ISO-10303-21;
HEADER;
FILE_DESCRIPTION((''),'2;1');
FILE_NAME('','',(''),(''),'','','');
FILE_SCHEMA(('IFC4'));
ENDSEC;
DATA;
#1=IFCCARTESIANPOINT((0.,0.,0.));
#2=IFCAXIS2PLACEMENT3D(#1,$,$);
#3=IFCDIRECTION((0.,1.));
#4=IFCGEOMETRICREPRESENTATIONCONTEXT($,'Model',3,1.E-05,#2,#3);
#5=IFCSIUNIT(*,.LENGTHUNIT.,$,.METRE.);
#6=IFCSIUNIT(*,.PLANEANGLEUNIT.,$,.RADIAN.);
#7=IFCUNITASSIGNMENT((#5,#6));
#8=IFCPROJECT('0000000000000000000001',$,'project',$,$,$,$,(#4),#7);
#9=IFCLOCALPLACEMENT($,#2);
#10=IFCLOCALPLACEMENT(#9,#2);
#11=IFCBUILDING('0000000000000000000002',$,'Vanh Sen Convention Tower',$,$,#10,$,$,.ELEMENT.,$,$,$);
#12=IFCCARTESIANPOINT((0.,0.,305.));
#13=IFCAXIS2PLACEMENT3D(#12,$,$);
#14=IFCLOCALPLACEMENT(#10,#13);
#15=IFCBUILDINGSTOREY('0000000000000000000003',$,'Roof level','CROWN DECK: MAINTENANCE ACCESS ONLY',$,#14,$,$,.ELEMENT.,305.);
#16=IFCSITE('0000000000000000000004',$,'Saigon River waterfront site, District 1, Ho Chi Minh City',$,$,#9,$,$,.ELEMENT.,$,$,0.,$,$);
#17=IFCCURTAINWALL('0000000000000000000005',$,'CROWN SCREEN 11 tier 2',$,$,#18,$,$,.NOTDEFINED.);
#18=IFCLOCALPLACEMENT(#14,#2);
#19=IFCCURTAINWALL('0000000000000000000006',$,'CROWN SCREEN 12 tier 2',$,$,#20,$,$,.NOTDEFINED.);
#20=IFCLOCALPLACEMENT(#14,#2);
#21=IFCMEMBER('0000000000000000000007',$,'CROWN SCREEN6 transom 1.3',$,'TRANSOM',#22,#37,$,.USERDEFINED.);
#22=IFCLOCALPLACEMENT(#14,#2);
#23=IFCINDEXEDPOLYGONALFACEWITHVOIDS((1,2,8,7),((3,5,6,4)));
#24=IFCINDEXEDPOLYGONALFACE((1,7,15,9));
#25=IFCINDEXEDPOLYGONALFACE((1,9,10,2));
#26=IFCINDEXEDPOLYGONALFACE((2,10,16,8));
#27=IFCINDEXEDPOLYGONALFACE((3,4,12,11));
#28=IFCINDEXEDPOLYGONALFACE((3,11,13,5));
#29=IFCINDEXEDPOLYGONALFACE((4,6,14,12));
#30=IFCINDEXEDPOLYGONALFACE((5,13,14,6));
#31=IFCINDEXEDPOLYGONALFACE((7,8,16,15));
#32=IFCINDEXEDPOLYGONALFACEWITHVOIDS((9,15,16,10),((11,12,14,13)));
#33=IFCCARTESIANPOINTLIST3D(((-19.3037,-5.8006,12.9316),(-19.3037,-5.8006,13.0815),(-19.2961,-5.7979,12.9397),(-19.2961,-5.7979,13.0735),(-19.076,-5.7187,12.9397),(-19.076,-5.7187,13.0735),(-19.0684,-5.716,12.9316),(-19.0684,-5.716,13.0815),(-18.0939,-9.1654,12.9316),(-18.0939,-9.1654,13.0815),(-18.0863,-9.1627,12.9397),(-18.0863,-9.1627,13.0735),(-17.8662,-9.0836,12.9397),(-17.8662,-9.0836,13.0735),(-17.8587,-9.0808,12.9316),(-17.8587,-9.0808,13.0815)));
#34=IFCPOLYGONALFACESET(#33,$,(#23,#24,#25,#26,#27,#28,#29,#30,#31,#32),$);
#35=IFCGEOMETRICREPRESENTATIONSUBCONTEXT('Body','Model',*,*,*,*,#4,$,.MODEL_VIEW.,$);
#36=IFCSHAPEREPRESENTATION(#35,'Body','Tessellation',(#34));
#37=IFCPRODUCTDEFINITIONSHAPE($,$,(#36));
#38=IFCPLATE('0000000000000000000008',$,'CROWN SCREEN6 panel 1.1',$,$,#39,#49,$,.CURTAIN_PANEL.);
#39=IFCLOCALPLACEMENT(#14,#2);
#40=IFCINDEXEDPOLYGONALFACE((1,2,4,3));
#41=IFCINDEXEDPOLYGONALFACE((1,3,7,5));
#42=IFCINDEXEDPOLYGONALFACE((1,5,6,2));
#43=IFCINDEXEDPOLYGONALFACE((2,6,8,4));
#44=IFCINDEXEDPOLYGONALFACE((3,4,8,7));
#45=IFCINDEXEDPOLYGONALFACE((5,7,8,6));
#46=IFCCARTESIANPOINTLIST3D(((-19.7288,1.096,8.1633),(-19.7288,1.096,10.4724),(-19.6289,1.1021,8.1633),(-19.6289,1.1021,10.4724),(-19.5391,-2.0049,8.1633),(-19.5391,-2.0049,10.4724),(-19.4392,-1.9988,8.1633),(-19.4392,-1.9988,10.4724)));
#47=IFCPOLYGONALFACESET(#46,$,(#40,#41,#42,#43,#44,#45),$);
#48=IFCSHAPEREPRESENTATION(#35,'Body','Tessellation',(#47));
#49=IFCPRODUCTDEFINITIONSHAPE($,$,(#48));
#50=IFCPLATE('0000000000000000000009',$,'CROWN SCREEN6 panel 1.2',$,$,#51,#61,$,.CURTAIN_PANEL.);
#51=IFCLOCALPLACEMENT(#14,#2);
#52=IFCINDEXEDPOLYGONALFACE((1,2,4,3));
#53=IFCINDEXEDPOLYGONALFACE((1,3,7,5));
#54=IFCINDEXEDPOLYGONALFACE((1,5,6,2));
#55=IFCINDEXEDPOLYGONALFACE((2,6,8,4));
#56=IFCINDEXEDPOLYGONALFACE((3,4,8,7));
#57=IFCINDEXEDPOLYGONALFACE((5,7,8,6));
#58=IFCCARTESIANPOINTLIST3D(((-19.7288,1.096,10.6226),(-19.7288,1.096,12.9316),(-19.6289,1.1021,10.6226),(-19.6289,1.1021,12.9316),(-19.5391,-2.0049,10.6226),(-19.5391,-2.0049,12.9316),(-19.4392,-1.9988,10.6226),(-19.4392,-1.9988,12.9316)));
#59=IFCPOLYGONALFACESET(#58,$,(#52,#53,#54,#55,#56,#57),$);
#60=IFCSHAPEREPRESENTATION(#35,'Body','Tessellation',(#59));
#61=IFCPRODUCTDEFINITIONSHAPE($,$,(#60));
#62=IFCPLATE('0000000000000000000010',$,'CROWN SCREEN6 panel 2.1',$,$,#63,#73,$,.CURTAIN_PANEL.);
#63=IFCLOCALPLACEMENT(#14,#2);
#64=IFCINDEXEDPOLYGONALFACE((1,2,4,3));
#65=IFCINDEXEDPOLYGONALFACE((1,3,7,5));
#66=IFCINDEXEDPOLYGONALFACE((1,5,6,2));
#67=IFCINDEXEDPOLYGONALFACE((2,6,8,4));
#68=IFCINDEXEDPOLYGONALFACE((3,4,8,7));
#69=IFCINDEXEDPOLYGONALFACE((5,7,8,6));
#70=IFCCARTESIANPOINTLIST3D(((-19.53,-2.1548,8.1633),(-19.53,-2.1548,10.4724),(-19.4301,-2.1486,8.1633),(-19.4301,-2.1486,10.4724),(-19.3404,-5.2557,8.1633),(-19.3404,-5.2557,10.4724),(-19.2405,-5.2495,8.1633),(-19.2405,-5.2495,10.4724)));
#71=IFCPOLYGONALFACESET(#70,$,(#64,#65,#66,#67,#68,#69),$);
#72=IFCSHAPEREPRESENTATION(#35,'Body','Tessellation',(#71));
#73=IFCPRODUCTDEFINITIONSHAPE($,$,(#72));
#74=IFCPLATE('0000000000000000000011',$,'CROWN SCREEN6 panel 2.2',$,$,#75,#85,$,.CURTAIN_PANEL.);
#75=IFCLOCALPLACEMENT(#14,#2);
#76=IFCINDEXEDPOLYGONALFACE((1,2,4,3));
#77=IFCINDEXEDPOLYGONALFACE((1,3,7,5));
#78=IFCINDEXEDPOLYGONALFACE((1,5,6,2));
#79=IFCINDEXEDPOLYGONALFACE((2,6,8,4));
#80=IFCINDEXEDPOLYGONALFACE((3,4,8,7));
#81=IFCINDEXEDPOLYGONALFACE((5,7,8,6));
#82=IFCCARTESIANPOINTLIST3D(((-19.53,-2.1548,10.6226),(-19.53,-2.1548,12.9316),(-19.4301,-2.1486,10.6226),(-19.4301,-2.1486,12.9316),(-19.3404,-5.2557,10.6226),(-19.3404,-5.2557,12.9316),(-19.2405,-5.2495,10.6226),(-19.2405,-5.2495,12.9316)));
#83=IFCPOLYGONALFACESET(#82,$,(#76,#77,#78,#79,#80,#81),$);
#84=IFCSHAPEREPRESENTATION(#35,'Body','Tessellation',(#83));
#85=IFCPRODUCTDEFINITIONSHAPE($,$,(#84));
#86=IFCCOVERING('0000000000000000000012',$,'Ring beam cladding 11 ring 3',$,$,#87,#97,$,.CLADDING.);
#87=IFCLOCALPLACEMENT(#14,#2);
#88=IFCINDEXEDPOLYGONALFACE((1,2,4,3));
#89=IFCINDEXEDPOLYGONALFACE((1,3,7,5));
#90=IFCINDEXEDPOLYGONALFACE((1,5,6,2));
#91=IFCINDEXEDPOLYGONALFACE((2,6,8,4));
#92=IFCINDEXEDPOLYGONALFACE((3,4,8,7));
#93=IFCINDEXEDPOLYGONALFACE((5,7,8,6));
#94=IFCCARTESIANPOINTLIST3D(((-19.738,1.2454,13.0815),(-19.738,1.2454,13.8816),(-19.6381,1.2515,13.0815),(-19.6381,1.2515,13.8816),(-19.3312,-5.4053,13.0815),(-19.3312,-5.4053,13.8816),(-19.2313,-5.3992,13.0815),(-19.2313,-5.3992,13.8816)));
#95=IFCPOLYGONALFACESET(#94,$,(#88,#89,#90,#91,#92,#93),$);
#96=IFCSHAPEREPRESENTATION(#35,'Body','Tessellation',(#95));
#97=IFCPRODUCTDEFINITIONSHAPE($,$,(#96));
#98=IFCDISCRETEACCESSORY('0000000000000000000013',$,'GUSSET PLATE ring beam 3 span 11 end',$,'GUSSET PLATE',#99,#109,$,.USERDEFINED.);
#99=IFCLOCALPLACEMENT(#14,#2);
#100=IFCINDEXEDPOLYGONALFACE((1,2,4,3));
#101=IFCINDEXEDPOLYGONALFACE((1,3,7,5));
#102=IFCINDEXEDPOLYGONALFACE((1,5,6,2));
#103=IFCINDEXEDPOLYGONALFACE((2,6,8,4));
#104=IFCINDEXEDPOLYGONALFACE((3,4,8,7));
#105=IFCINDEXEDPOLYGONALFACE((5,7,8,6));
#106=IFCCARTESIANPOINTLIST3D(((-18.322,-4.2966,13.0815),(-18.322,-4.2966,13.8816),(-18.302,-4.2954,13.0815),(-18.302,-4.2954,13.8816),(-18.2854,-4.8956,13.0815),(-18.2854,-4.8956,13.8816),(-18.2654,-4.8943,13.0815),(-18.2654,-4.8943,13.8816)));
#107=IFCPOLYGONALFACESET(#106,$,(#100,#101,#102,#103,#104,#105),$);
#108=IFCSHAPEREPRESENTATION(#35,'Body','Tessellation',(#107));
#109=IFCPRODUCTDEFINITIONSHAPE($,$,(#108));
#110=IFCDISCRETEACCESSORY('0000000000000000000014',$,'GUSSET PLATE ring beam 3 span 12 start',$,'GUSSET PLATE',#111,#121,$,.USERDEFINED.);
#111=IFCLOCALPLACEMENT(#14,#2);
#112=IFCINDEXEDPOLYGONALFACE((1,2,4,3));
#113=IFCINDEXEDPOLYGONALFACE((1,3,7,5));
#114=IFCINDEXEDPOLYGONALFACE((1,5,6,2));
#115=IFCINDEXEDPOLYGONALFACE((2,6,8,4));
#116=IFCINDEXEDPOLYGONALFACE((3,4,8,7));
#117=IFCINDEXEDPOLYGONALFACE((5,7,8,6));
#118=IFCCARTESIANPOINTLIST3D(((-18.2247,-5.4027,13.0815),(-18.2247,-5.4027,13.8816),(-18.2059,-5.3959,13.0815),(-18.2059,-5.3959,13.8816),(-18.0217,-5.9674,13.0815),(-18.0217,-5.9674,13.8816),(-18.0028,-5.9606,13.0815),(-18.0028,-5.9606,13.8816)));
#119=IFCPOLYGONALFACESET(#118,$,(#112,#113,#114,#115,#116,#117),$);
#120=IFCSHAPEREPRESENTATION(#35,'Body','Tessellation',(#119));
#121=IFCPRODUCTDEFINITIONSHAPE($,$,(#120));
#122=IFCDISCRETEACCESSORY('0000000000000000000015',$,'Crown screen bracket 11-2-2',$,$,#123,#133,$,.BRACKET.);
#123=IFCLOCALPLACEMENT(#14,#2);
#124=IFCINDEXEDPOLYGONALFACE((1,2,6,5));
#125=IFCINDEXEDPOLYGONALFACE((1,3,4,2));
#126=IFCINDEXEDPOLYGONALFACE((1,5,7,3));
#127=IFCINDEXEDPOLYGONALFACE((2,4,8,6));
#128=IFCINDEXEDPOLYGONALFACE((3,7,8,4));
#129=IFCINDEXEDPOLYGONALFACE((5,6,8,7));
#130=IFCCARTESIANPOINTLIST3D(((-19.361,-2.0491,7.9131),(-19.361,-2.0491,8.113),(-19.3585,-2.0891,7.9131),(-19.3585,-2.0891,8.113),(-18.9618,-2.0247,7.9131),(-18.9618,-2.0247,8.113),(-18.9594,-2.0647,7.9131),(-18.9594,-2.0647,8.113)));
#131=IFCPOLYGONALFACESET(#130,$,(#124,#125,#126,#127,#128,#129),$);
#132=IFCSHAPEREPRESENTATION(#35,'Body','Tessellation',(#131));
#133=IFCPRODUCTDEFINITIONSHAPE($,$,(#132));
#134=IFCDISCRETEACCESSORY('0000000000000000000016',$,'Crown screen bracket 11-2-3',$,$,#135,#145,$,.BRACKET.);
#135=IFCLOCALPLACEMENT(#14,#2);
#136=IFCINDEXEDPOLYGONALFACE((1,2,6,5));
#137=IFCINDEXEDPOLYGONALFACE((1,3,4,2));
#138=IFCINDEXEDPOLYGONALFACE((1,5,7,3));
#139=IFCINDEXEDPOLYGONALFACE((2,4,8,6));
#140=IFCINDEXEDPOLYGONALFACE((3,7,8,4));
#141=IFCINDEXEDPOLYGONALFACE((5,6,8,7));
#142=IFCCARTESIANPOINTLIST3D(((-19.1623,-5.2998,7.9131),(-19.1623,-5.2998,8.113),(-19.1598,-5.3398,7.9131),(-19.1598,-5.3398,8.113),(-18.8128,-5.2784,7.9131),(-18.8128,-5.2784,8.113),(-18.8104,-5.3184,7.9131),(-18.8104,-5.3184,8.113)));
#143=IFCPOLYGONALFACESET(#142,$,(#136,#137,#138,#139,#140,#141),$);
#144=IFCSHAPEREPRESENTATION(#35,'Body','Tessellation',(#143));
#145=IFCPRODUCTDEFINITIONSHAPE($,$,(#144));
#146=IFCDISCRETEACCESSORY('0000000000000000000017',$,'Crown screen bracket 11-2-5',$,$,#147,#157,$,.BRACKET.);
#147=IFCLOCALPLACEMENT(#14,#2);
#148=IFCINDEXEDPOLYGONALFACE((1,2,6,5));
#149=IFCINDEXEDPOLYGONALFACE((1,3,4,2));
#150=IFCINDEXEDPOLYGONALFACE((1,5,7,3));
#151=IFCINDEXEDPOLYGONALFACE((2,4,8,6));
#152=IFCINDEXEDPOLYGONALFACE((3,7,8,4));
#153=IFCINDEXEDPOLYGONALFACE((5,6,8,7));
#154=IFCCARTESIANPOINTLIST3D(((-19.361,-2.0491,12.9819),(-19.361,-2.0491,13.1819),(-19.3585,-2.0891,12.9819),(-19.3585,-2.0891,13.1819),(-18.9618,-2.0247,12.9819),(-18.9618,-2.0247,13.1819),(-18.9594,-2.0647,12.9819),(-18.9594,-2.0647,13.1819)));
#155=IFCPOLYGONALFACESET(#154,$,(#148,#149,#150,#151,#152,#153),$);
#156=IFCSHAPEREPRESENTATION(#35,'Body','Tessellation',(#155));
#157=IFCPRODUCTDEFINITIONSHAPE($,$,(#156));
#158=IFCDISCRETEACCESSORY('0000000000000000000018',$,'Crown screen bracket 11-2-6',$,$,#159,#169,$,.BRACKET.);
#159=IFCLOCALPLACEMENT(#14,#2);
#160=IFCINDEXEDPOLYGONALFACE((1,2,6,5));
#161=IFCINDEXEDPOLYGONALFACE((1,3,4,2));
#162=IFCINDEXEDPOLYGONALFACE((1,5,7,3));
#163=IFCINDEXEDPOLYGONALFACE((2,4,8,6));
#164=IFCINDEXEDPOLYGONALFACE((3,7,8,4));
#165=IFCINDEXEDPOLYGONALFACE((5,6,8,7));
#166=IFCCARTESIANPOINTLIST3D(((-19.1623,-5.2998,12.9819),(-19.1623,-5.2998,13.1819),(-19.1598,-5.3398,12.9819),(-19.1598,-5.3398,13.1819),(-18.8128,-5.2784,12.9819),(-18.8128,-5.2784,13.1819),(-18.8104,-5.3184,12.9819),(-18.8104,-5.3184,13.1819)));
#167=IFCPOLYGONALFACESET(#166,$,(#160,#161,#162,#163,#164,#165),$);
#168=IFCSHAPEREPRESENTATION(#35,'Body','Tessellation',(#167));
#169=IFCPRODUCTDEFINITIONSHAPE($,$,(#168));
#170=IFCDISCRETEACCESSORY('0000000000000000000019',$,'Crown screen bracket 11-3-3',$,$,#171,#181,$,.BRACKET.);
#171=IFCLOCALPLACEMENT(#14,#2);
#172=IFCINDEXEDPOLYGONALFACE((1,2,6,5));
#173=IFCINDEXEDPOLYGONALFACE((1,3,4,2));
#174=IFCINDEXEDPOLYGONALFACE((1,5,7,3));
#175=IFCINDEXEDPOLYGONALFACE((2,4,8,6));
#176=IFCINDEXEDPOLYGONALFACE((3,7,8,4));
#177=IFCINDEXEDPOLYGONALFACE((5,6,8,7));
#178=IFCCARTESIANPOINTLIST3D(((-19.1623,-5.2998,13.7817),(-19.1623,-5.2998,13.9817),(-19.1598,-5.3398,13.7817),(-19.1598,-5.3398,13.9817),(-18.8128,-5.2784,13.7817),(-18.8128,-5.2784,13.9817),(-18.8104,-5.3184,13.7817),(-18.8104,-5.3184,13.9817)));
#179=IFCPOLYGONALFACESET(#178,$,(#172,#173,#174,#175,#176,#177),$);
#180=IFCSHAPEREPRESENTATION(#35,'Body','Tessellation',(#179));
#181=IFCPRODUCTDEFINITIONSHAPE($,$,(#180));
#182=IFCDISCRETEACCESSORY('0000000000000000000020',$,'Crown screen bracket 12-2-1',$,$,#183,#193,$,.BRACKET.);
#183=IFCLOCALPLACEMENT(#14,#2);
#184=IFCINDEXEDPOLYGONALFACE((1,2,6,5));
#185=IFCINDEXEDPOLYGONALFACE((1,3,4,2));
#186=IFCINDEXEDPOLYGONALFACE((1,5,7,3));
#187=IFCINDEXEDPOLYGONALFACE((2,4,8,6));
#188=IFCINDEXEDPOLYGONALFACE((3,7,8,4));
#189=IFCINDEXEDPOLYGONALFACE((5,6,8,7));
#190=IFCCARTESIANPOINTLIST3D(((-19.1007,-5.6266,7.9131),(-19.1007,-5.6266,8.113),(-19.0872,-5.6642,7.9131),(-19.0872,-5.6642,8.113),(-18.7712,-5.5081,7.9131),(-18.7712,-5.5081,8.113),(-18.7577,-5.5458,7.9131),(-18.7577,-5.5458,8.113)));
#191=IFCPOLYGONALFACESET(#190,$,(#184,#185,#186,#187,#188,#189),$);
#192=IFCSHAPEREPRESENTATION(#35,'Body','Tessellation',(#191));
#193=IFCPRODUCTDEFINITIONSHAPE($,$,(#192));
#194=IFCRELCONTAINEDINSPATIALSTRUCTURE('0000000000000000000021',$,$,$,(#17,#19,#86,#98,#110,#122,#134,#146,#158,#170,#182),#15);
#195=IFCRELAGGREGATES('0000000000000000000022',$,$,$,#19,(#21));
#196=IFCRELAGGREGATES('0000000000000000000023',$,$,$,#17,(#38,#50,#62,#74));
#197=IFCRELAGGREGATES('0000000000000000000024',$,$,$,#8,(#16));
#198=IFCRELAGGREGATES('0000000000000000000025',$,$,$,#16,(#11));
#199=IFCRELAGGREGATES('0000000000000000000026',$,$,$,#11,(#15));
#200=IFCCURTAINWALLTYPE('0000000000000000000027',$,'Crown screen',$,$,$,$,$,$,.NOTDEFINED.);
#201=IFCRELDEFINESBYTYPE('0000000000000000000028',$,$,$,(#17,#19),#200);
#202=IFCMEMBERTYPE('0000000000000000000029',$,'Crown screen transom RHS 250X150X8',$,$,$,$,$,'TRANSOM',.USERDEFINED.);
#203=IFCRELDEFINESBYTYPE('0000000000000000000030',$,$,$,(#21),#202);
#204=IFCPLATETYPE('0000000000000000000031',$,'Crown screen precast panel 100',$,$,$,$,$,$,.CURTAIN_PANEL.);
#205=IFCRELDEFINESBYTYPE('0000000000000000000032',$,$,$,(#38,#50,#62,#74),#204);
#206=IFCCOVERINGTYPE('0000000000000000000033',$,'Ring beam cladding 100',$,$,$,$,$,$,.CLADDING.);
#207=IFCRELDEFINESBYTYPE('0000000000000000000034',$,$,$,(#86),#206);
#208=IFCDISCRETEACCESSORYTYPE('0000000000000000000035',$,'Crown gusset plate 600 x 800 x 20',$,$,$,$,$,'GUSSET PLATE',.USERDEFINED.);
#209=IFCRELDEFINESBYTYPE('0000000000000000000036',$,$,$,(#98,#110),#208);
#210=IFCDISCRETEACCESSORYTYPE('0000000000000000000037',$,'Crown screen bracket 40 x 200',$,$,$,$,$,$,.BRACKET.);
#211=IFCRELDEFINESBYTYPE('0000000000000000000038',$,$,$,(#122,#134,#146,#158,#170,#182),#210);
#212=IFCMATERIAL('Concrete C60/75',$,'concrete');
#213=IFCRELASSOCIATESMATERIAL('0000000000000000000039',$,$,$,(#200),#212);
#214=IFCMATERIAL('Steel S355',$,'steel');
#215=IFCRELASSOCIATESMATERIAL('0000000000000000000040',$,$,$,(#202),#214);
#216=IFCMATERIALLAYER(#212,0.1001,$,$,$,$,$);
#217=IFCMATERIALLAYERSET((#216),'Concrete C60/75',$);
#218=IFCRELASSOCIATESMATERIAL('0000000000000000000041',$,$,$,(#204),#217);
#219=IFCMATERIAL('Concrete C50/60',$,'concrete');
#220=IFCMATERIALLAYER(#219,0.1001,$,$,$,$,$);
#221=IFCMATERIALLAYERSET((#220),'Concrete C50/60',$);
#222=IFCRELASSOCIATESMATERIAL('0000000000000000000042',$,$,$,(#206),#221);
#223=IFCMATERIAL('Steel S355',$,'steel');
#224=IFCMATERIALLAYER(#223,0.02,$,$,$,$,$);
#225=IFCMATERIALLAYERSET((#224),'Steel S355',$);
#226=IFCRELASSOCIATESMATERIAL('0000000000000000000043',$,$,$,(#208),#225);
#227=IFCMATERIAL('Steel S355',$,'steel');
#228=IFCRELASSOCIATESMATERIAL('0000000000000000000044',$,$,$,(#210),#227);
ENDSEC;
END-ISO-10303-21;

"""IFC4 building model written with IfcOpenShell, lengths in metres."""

from ifc_helpers import new_model, si_unit, direction, frame, origin, origin_2d, place, context, subcontext, project, spatial, rectangle, hollow_rectangle, extrude, material, layer, layer_set, material_profile, profile_set, type_object, element, aggregate, save


model = new_model("IFC4")

# Units and contexts
model_context = context("Model", 3, precision=1e-05, world=origin(), true_north=direction((0.0, 1.0)))
body_context = subcontext(model_context, "Body", "Model", "MODEL_VIEW")
ifc_project = project(units=[si_unit("LENGTHUNIT", "METRE"), si_unit("PLANEANGLEUNIT", "RADIAN")], contexts=[model_context])

# Site, building, storey
site_placement = place(None, origin())
site = spatial("IfcSite", under=ifc_project, at=site_placement, Name="Saigon River waterfront site, District 1, Ho Chi Minh City", CompositionType="ELEMENT", RefElevation=0.0)
building_placement = place(site_placement, origin())
building = spatial("IfcBuilding", under=site, at=building_placement, Name="Vanh Sen Convention Tower", CompositionType="ELEMENT")
storey_placement = place(building_placement, frame((0.0, 0.0, 305.0)))
storey = spatial("IfcBuildingStorey", under=building, at=storey_placement, Name="Roof level", Description="CROWN DECK: MAINTENANCE ACCESS ONLY", CompositionType="ELEMENT", Elevation=305.0)

# Curtain wall
ifc_material_1 = material(Name="Concrete C60/75", Category="concrete")
curtain_wall_type = type_object("IfcCurtainWallType", Name="Crown screen", PredefinedType="NOTDEFINED", material=ifc_material_1)
curtain_wall_1_placement = place(storey_placement, origin())
curtain_wall_1 = element("IfcCurtainWall", 1, at=curtain_wall_1_placement, inside=storey, type_object=curtain_wall_type, Name="CROWN SCREEN 11 tier 2", PredefinedType="NOTDEFINED")
ifc_material_2 = material(Name="Steel S355", Category="steel")

# Curtain wall
curtain_wall_2_placement = place(storey_placement, origin())
curtain_wall_2 = element("IfcCurtainWall", 2, at=curtain_wall_2_placement, inside=storey, type_object=curtain_wall_type, Name="CROWN SCREEN 12 tier 2", PredefinedType="NOTDEFINED")

# Member
ifc_material_profile_1 = material_profile(ifc_material_2, hollow_rectangle(XDim=0.25, YDim=0.1499, WallThickness=0.0081, at=origin_2d()), Name="RHS 250X150X8")
ifc_profile_set_1 = profile_set([ifc_material_profile_1], Name="Steel S355")
member_type_1 = type_object("IfcMemberType", Name="Crown screen transom RHS 250X150X8", ElementType="TRANSOM", PredefinedType="USERDEFINED", material=ifc_profile_set_1)
member_1_placement = place(storey_placement, frame((-19.186, -5.7583, 13.0066), z_axis=(0.338325, -0.941029, 0.0), x_axis=(0.941029, 0.338325, 0.0)))
member_1 = element("IfcMember", 3, at=member_1_placement, type_object=member_type_1, Name="CROWN SCREEN6 transom 1.3", ObjectType="TRANSOM", PredefinedType="USERDEFINED", context=body_context, shape_type="SweptSolid", body=[
    extrude(hollow_rectangle(XDim=0.25, YDim=0.1499, WallThickness=0.0081, at=origin_2d()), origin(), (0.0, 0.0, 1.0), 3.5757),
])
aggregate(curtain_wall_2, [member_1])

# Plates
ifc_layer_1 = layer(ifc_material_1, 0.1001)
ifc_layer_set_1 = layer_set([ifc_layer_1], Name="Concrete C60/75")
plate_type = type_object("IfcPlateType", Name="Crown screen precast panel 100", PredefinedType="CURTAIN_PANEL", material=ifc_layer_set_1)
plate_1_placement = place(storey_placement, frame((-19.584, -0.4514, 8.1633), z_axis=(0.0, 0.0, 1.0), x_axis=(0.061051, -0.998135, 0.0)))
plate_1 = element("IfcPlate", 4, at=plate_1_placement, type_object=plate_type, Name="CROWN SCREEN6 panel 1.1", PredefinedType="CURTAIN_PANEL", context=body_context, shape_type="SweptSolid", body=[
    extrude(rectangle(XDim=3.1067, YDim=0.1001, at=origin_2d()), origin(), (0.0, 0.0, 1.0), 2.3091),
])
plate_2_placement = place(storey_placement, frame((-19.584, -0.4514, 10.6226), z_axis=(0.0, 0.0, 1.0), x_axis=(0.061051, -0.998135, 0.0)))
plate_2 = element("IfcPlate", 5, at=plate_2_placement, type_object=plate_type, Name="CROWN SCREEN6 panel 1.2", PredefinedType="CURTAIN_PANEL", context=body_context, shape_type="SweptSolid", body=[
    extrude(rectangle(XDim=3.1067, YDim=0.1001, at=origin_2d()), origin(), (0.0, 0.0, 1.0), 2.3091),
])
plate_3_placement = place(storey_placement, frame((-19.3853, -3.7021, 8.1633), z_axis=(0.0, 0.0, 1.0), x_axis=(0.061051, -0.998135, 0.0)))
plate_3 = element("IfcPlate", 6, at=plate_3_placement, type_object=plate_type, Name="CROWN SCREEN6 panel 2.1", PredefinedType="CURTAIN_PANEL", context=body_context, shape_type="SweptSolid", body=[
    extrude(rectangle(XDim=3.1067, YDim=0.1001, at=origin_2d()), origin(), (0.0, 0.0, 1.0), 2.3091),
])
plate_4_placement = place(storey_placement, frame((-19.3853, -3.7021, 10.6226), z_axis=(0.0, 0.0, 1.0), x_axis=(0.061051, -0.998135, 0.0)))
plate_4 = element("IfcPlate", 7, at=plate_4_placement, type_object=plate_type, Name="CROWN SCREEN6 panel 2.2", PredefinedType="CURTAIN_PANEL", context=body_context, shape_type="SweptSolid", body=[
    extrude(rectangle(XDim=3.1067, YDim=0.1001, at=origin_2d()), origin(), (0.0, 0.0, 1.0), 2.3091),
])
aggregate(curtain_wall_1, [plate_1, plate_2, plate_3, plate_4])

# Covering
ifc_material_3 = material(Name="Concrete C50/60", Category="concrete")
ifc_layer_2 = layer(ifc_material_3, 0.1001)
ifc_layer_set_2 = layer_set([ifc_layer_2], Name="Concrete C50/60")
covering_type = type_object("IfcCoveringType", Name="Ring beam cladding 100", PredefinedType="CLADDING", material=ifc_layer_set_2)
covering_placement = place(storey_placement, frame((-19.4846, -2.0769, 13.0815), z_axis=(0.0, 0.0, 1.0), x_axis=(0.061052, -0.998135, 0.0)))
element("IfcCovering", 8, at=covering_placement, inside=storey, type_object=covering_type, Name="Ring beam cladding 11 ring 3", PredefinedType="CLADDING", context=body_context, shape_type="SweptSolid", body=[
    extrude(rectangle(XDim=6.6631, YDim=0.1001, at=origin_2d()), origin(), (0.0, 0.0, 1.0), 0.8),
])

# Discrete accessories
ifc_material_4 = material(Name="Steel S355", Category="steel")
ifc_layer_3 = layer(ifc_material_4, 0.02)
ifc_layer_set_3 = layer_set([ifc_layer_3], Name="Steel S355")
discrete_accessory_type_1 = type_object("IfcDiscreteAccessoryType", Name="Crown gusset plate 600 x 800 x 20", ElementType="GUSSET PLATE", PredefinedType="USERDEFINED", material=ifc_layer_set_3)
for number, where, z_axis, x_axis, name in (
    (9, (-18.2937, -4.5955, 13.0815), (0.0, 0.0, 1.0), (-0.061052, 0.998135, 0.0), "GUSSET PLATE ring beam 3 span 11 end"),
    (10, (-18.1138, -5.6816, 13.0815), (0.0, 0.0, 1.0), (0.338349, -0.941021, 0.0), "GUSSET PLATE ring beam 3 span 12 start"),
):
    element("IfcDiscreteAccessory", number, at=place(storey_placement, frame(where, z_axis=z_axis, x_axis=x_axis)), inside=storey, type_object=discrete_accessory_type_1, Name=name, ObjectType="GUSSET PLATE", PredefinedType="USERDEFINED", context=body_context, shape_type="SweptSolid", body=[
        extrude(rectangle(XDim=0.6001, YDim=0.02, at=origin_2d()), origin(), (0.0, 0.0, 1.0), 0.8),
    ])
ifc_material_5 = material(Name="Steel S355", Category="steel")
discrete_accessory_type_2 = type_object("IfcDiscreteAccessoryType", Name="Crown screen bracket 40 x 200", PredefinedType="BRACKET", material=ifc_material_5)
discrete_accessory_1_placement = place(storey_placement, frame((-19.1602, -2.0569, 7.9131), z_axis=(0.0, 0.0, 1.0), x_axis=(-0.998135, -0.061052, 0.0)))
element("IfcDiscreteAccessory", 11, at=discrete_accessory_1_placement, inside=storey, type_object=discrete_accessory_type_2, Name="Crown screen bracket 11-2-2", PredefinedType="BRACKET", context=body_context, shape_type="SweptSolid", body=[
    extrude(rectangle(XDim=0.3999, YDim=0.04, at=origin_2d()), origin(), (0.0, 0.0, 1.0), 0.2),
])
discrete_accessory_2_placement = place(storey_placement, frame((-18.9863, -5.3091, 7.9131), z_axis=(0.0, 0.0, 1.0), x_axis=(-0.998135, -0.061052, 0.0)))
element("IfcDiscreteAccessory", 12, at=discrete_accessory_2_placement, inside=storey, type_object=discrete_accessory_type_2, Name="Crown screen bracket 11-2-3", PredefinedType="BRACKET", context=body_context, shape_type="SweptSolid", body=[
    extrude(rectangle(XDim=0.3501, YDim=0.04, at=origin_2d()), origin(), (0.0, 0.0, 1.0), 0.2),
])
discrete_accessory_3_placement = place(storey_placement, frame((-19.1602, -2.0569, 12.9819), z_axis=(0.0, 0.0, 1.0), x_axis=(-0.998135, -0.061052, 0.0)))
element("IfcDiscreteAccessory", 13, at=discrete_accessory_3_placement, inside=storey, type_object=discrete_accessory_type_2, Name="Crown screen bracket 11-2-5", PredefinedType="BRACKET", context=body_context, shape_type="SweptSolid", body=[
    extrude(rectangle(XDim=0.3999, YDim=0.04, at=origin_2d()), origin(), (0.0, 0.0, 1.0), 0.2),
])
for number, where, z_axis, x_axis, name in (
    (14, (-18.9863, -5.3091, 12.9819), (0.0, 0.0, 1.0), (-0.998135, -0.061052, 0.0), "Crown screen bracket 11-2-6"),
    (15, (-18.9863, -5.3091, 13.7817), (0.0, 0.0, 1.0), (-0.998135, -0.061052, 0.0), "Crown screen bracket 11-3-3"),
    (16, (-18.9292, -5.5862, 7.9131), (0.0, 0.0, 1.0), (-0.941021, -0.338349, 0.0), "Crown screen bracket 12-2-1"),
):
    element("IfcDiscreteAccessory", number, at=place(storey_placement, frame(where, z_axis=z_axis, x_axis=x_axis)), inside=storey, type_object=discrete_accessory_type_2, Name=name, PredefinedType="BRACKET", context=body_context, shape_type="SweptSolid", body=[
        extrude(rectangle(XDim=0.3501, YDim=0.04, at=origin_2d()), origin(), (0.0, 0.0, 1.0), 0.2),
    ])

save(model, "model.ifc")
